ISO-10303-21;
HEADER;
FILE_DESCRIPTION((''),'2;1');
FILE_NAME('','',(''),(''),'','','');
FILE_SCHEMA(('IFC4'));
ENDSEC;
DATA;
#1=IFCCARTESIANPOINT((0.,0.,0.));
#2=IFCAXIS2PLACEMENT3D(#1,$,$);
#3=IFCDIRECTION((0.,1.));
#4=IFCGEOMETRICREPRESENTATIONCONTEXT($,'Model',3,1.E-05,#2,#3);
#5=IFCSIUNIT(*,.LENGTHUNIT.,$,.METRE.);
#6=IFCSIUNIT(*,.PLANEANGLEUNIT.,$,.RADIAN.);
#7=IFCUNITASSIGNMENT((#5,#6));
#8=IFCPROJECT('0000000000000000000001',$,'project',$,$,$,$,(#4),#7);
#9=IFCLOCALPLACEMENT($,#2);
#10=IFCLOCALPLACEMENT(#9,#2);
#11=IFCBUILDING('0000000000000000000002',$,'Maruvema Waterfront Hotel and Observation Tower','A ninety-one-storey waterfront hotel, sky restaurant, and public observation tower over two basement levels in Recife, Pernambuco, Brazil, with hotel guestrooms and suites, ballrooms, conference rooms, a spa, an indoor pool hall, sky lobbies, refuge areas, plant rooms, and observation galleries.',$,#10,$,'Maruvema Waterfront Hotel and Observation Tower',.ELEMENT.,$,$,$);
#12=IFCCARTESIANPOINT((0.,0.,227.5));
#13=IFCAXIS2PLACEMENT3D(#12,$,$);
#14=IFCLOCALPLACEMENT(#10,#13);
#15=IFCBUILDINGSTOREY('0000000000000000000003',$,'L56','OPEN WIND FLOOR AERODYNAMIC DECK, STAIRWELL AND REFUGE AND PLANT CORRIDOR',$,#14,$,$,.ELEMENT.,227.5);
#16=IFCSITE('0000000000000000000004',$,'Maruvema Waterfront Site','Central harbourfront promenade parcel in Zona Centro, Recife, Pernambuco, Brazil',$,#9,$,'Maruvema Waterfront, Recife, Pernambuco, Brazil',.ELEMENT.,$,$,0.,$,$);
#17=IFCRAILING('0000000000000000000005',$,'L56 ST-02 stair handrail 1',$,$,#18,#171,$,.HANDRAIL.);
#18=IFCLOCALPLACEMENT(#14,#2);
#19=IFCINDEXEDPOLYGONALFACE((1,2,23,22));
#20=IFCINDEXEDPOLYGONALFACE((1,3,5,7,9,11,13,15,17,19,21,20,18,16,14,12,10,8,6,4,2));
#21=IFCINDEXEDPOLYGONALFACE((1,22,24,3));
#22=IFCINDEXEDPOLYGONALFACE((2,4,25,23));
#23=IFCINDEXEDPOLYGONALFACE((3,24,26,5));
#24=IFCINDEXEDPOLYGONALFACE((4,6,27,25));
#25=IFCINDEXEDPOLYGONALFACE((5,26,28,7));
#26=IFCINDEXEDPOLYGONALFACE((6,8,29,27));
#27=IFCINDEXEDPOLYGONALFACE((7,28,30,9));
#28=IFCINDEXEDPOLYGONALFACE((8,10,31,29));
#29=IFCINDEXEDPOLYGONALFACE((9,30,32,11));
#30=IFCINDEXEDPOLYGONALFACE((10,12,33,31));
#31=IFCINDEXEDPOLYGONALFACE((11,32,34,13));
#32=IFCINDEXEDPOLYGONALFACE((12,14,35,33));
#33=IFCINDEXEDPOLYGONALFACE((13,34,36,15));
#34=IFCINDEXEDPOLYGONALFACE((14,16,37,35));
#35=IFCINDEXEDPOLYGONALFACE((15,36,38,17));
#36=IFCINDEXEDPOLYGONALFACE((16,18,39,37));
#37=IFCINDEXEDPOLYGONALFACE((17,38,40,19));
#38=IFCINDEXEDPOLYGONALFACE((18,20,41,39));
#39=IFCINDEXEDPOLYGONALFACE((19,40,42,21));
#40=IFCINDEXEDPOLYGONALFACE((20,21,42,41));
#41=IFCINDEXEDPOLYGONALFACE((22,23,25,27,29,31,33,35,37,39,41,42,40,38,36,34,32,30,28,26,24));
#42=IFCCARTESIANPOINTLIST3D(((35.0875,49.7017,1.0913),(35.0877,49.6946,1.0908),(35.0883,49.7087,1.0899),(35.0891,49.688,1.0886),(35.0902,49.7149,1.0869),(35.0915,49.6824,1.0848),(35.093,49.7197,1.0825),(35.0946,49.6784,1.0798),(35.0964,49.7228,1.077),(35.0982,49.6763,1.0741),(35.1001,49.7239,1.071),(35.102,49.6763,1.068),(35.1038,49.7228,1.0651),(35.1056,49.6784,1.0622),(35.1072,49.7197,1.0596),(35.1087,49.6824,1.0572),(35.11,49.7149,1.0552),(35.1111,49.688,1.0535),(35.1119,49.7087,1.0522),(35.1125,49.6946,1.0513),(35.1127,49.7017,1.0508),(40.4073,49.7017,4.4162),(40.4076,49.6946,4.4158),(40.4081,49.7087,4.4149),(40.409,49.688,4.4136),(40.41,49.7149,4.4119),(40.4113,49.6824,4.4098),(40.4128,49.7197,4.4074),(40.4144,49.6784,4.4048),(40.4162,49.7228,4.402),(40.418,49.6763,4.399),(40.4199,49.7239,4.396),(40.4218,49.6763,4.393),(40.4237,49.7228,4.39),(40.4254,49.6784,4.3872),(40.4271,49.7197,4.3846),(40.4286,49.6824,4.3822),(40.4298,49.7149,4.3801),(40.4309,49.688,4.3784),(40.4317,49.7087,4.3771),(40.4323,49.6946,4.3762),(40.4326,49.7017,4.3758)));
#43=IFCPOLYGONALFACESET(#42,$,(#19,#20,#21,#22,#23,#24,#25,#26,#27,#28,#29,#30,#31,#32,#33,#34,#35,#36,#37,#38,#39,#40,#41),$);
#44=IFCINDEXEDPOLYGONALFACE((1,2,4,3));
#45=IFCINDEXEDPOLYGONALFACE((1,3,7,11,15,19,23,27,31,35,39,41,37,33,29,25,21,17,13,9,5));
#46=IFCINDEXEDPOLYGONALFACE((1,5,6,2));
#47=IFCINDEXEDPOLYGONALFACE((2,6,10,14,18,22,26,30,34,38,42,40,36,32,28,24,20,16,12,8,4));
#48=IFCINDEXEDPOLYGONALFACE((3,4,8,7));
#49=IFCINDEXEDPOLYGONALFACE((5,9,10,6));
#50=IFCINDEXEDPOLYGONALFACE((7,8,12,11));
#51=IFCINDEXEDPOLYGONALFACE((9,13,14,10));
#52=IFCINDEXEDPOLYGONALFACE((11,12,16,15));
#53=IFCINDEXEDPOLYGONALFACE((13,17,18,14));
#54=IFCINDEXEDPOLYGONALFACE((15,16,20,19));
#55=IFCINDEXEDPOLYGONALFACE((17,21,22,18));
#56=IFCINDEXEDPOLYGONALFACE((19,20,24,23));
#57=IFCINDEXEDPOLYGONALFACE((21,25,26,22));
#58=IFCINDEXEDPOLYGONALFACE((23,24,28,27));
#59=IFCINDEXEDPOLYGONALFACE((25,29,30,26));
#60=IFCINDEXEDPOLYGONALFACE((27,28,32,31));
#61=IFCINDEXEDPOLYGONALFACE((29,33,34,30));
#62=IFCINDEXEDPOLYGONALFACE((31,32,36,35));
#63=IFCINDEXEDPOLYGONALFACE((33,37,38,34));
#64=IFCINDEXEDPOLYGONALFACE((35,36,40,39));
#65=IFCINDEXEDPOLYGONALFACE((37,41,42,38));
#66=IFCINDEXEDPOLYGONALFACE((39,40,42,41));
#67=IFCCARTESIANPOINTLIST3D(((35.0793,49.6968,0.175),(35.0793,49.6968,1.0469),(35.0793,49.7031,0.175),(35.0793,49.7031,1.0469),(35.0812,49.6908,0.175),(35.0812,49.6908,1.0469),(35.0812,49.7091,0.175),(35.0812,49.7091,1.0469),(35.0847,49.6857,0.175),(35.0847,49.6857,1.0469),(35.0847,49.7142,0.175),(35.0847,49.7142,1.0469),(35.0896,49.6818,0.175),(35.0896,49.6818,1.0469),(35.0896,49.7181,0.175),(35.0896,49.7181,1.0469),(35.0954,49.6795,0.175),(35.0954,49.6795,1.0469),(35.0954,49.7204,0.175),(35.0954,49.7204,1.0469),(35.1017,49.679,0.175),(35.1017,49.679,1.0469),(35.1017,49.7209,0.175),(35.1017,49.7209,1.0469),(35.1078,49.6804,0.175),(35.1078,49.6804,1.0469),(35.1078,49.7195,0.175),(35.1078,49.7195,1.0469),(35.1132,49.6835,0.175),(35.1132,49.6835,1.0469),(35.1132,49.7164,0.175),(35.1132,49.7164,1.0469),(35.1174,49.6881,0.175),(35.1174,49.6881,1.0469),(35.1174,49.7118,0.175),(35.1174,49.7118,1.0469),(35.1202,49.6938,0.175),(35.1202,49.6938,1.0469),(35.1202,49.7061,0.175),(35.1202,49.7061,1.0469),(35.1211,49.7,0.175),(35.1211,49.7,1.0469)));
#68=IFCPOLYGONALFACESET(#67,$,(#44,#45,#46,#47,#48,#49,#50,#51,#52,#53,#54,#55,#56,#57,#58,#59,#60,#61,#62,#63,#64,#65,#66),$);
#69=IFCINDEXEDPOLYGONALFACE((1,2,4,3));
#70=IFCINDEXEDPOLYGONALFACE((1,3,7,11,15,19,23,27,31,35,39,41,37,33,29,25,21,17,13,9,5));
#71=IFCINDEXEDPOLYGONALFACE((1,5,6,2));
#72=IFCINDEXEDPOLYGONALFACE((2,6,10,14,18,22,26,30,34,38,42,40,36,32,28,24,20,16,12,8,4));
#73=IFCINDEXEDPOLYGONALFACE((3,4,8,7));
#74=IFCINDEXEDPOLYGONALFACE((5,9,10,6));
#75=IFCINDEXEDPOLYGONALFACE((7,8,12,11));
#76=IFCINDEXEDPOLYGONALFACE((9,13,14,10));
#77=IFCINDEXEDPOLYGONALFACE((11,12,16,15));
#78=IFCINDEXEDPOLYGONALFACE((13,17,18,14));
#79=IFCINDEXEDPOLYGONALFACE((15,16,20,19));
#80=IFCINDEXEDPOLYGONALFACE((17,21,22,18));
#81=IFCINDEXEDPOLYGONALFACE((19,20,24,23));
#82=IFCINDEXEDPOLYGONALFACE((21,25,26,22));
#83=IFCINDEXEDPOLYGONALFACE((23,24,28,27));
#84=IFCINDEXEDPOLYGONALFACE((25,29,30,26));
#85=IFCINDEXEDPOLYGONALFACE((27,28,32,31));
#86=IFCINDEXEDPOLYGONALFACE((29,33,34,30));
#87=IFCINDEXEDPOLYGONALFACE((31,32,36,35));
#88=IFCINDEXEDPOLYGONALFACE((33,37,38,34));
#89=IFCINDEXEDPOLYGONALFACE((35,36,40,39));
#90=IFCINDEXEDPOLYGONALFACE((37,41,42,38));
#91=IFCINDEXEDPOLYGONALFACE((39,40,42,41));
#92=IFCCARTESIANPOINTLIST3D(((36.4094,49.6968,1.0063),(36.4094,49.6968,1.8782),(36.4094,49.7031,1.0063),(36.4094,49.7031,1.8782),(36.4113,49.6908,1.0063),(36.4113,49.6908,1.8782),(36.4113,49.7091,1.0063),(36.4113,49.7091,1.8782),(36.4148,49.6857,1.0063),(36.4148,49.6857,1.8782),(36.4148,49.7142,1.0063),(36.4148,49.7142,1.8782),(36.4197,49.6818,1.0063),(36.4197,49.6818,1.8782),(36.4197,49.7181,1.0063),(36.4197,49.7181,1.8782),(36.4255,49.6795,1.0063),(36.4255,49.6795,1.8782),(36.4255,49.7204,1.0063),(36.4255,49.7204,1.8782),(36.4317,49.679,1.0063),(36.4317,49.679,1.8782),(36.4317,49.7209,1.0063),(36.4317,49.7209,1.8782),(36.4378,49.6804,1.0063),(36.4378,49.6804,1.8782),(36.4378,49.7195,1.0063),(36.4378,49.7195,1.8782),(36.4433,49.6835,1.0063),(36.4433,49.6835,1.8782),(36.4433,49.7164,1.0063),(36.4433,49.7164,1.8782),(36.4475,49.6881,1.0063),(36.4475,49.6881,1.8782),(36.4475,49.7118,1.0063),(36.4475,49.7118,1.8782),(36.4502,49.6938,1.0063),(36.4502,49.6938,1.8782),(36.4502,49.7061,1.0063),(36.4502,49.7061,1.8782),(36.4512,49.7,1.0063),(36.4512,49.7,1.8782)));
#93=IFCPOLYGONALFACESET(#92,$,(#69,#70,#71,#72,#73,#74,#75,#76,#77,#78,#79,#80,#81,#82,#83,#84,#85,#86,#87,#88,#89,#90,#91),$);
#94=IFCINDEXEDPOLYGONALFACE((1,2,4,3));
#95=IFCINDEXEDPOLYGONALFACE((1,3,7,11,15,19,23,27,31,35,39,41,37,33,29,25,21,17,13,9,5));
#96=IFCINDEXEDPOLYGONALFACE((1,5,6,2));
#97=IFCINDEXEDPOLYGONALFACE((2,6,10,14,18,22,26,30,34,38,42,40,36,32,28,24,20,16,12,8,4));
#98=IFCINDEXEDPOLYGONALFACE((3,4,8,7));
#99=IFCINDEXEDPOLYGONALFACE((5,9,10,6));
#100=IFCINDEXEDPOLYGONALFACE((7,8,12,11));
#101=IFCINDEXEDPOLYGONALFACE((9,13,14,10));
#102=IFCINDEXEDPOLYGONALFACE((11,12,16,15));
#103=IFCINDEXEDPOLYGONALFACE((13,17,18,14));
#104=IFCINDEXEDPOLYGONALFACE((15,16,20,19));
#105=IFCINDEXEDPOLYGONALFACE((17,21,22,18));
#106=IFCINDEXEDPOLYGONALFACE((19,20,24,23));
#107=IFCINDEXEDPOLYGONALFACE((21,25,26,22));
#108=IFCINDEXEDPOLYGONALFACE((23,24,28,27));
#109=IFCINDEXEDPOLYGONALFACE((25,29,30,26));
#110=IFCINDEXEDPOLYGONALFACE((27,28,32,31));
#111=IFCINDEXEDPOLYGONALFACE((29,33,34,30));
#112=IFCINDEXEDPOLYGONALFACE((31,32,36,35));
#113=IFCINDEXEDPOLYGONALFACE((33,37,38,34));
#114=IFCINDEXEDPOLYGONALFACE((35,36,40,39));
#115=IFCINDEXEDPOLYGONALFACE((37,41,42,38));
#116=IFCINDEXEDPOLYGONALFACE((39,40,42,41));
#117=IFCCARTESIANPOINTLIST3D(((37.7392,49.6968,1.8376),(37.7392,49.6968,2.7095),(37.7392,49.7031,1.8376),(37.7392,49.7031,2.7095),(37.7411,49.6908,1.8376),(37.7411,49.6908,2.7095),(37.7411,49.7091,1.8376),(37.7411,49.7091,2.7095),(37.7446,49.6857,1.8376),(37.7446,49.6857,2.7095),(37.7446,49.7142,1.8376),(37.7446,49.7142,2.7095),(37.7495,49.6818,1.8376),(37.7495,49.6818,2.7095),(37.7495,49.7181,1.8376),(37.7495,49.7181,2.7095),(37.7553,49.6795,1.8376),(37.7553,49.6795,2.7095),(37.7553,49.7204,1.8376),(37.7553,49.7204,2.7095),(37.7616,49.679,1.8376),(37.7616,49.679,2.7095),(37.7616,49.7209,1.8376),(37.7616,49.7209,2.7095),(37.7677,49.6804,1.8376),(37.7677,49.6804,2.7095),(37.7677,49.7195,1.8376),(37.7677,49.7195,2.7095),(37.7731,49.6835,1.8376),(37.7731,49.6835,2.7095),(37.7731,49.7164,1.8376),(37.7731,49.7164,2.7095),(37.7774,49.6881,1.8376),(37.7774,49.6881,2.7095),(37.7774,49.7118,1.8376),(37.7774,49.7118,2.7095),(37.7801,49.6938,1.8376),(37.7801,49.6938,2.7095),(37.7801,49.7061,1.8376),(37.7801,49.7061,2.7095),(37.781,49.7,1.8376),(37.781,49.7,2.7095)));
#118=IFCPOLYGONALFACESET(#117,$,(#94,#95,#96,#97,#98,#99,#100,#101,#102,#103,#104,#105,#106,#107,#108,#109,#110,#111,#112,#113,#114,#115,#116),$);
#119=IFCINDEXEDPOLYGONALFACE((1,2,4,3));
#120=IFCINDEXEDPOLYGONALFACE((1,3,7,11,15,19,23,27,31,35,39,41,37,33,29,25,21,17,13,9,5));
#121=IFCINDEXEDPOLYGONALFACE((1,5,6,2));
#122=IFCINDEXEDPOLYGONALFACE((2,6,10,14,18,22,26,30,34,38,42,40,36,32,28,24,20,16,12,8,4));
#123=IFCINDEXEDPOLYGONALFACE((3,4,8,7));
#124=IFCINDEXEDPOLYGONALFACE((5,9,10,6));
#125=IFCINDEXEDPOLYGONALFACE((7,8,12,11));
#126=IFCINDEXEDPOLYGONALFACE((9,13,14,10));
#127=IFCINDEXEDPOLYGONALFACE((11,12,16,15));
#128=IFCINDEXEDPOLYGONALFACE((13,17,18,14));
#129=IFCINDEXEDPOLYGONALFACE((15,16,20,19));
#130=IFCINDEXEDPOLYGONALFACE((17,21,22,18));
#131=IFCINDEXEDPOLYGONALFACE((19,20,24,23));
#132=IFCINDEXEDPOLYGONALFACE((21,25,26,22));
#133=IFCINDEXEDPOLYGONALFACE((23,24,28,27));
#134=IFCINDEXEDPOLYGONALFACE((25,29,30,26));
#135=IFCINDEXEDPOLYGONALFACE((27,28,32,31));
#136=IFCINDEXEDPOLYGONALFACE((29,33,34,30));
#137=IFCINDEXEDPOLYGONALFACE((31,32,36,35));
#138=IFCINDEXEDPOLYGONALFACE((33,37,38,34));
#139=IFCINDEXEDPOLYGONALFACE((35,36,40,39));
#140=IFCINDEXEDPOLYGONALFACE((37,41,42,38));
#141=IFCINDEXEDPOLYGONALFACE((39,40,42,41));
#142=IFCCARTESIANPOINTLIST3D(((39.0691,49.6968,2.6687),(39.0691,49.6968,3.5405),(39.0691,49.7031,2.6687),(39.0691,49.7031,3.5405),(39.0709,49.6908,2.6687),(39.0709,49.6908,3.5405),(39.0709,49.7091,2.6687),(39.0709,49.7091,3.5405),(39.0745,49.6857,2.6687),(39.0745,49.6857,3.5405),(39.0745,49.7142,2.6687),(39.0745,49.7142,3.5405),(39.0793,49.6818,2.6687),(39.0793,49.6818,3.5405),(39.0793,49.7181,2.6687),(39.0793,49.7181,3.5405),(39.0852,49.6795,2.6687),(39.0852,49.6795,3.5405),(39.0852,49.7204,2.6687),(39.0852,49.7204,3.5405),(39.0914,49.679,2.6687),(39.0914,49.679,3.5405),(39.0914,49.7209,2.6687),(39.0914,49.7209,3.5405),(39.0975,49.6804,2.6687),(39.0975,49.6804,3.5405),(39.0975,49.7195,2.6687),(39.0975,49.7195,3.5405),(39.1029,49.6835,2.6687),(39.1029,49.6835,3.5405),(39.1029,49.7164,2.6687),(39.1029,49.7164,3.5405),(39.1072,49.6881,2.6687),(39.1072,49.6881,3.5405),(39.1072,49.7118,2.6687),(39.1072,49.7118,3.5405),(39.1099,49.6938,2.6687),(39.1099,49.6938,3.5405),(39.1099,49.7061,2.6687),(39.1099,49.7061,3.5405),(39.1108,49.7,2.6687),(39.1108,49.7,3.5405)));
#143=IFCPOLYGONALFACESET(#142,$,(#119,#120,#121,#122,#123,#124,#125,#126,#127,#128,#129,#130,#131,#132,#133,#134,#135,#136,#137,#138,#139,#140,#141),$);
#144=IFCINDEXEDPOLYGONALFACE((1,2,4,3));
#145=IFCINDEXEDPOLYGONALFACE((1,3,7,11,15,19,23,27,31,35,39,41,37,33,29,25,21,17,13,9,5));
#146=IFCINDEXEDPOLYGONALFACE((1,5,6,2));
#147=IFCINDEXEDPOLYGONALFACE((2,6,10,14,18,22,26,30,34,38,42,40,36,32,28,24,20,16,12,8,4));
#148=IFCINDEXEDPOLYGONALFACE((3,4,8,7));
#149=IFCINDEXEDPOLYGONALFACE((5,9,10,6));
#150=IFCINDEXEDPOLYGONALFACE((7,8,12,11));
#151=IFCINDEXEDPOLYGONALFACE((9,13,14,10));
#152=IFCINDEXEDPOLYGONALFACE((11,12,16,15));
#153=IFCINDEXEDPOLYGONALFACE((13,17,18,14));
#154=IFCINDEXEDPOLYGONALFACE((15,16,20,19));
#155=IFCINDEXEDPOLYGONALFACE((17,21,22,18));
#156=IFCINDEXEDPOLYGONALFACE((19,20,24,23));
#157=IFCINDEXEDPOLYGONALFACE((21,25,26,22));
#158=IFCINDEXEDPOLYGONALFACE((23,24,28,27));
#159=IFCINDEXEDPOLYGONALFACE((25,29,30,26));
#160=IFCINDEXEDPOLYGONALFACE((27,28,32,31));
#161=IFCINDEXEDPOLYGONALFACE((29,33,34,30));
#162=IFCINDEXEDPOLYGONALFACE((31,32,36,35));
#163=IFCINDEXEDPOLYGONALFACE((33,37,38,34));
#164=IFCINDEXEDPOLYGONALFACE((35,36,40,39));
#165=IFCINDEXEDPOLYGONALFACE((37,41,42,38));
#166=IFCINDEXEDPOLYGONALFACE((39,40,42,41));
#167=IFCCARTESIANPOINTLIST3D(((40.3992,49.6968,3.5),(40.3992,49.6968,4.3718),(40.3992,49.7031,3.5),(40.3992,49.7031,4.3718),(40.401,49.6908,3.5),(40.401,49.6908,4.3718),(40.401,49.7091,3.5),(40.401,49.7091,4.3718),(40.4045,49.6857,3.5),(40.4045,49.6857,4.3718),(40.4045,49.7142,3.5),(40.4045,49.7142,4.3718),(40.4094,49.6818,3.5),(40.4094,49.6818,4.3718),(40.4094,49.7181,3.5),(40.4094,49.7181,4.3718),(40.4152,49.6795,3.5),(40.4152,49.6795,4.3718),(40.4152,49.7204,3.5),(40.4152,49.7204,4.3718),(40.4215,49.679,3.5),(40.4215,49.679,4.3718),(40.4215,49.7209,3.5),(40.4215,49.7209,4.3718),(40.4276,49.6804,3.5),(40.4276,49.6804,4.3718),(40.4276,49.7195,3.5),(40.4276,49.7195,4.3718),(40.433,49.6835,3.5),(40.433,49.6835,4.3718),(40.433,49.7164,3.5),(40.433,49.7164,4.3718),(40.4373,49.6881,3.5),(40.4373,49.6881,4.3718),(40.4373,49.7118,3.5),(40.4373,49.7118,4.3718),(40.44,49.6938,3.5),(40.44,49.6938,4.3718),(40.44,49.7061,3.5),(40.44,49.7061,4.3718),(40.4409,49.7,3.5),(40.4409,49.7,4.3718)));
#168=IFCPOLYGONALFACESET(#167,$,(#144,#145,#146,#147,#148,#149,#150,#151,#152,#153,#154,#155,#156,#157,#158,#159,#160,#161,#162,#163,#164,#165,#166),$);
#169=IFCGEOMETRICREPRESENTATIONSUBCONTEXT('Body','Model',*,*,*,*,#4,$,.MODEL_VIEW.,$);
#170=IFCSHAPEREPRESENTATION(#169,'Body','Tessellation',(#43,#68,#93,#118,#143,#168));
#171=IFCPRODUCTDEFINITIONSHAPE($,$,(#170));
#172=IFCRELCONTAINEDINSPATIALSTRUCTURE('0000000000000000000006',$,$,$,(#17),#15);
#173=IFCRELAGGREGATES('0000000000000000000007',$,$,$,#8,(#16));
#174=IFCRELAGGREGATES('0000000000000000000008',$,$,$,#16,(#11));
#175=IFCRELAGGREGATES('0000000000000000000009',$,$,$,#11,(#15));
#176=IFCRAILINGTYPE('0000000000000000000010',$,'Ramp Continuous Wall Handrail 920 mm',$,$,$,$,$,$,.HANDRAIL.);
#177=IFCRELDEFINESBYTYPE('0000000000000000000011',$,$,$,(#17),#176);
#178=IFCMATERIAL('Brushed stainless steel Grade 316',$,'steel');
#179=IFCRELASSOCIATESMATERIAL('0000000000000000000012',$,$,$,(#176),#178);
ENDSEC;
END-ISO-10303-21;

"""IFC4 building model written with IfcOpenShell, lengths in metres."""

from ifc_helpers import new_model, si_unit, direction, frame, origin, origin_2d, place, context, subcontext, project, spatial, circle, extrude, material, type_object, element, save


model = new_model("IFC4")

# Units and contexts
model_context = context("Model", 3, precision=1e-05, world=origin(), true_north=direction((0.0, 1.0)))
body_context = subcontext(model_context, "Body", "Model", "MODEL_VIEW")
ifc_project = project(units=[si_unit("LENGTHUNIT", "METRE"), si_unit("PLANEANGLEUNIT", "RADIAN")], contexts=[model_context])

# Site, building, storey
site_placement = place(None, origin())
site = spatial("IfcSite", under=ifc_project, at=site_placement, Name="Maruvema Waterfront Site", Description="Central harbourfront promenade parcel in Zona Centro, Recife, Pernambuco, Brazil", LongName="Maruvema Waterfront, Recife, Pernambuco, Brazil", CompositionType="ELEMENT", RefElevation=0.0)
building_placement = place(site_placement, origin())
building = spatial("IfcBuilding", under=site, at=building_placement, Name="Maruvema Waterfront Hotel and Observation Tower", Description="A ninety-one-storey waterfront hotel, sky restaurant, and public observation tower over two basement levels in Recife, Pernambuco, Brazil, with hotel guestrooms and suites, ballrooms, conference rooms, a spa, an indoor pool hall, sky lobbies, refuge areas, plant rooms, and observation galleries.", LongName="Maruvema Waterfront Hotel and Observation Tower", CompositionType="ELEMENT")
storey_placement = place(building_placement, frame((0.0, 0.0, 227.5)))
storey = spatial("IfcBuildingStorey", under=building, at=storey_placement, Name="L56", Description="OPEN WIND FLOOR AERODYNAMIC DECK, STAIRWELL AND REFUGE AND PLANT CORRIDOR", CompositionType="ELEMENT", Elevation=227.5)

# Railing
ifc_material_1 = material(Name="Brushed stainless steel Grade 316", Category="steel")
railing_type_1 = type_object("IfcRailingType", Name="Ramp Continuous Wall Handrail 920 mm", PredefinedType="HANDRAIL", material=ifc_material_1)
railing_1_placement = place(storey_placement, frame((35.1001, 49.7, 0.175)))
element("IfcRailing", 1, at=railing_1_placement, inside=storey, type_object=railing_type_1, Name="L56 ST-02 stair handrail 1", PredefinedType="HANDRAIL", context=body_context, shape_type="SweptSolid", body=[
    extrude(circle(Radius=0.0239, at=origin_2d()), frame((0.0, 0.0, 0.896), z_axis=(0.847994, 0.0, 0.530006), x_axis=(0.0, 1.0, 0.0)), (0.0, 0.0, 1.0), 6.2734),
    extrude(circle(Radius=0.021, at=origin_2d()), origin(), (0.0, 0.0, 1.0), 0.8718),
    extrude(circle(Radius=0.021, at=origin_2d()), frame((1.3301, 0.0, 0.8313)), (0.0, 0.0, 1.0), 0.8718),
    extrude(circle(Radius=0.021, at=origin_2d()), frame((2.6599, 0.0, 1.6626)), (0.0, 0.0, 1.0), 0.8718),
    extrude(circle(Radius=0.021, at=origin_2d()), frame((3.9897, 0.0, 2.4937)), (0.0, 0.0, 1.0), 0.8718),
    extrude(circle(Radius=0.021, at=origin_2d()), frame((5.3198, 0.0, 3.325)), (0.0, 0.0, 1.0), 0.8718),
])

save(model, "model.ifc")
